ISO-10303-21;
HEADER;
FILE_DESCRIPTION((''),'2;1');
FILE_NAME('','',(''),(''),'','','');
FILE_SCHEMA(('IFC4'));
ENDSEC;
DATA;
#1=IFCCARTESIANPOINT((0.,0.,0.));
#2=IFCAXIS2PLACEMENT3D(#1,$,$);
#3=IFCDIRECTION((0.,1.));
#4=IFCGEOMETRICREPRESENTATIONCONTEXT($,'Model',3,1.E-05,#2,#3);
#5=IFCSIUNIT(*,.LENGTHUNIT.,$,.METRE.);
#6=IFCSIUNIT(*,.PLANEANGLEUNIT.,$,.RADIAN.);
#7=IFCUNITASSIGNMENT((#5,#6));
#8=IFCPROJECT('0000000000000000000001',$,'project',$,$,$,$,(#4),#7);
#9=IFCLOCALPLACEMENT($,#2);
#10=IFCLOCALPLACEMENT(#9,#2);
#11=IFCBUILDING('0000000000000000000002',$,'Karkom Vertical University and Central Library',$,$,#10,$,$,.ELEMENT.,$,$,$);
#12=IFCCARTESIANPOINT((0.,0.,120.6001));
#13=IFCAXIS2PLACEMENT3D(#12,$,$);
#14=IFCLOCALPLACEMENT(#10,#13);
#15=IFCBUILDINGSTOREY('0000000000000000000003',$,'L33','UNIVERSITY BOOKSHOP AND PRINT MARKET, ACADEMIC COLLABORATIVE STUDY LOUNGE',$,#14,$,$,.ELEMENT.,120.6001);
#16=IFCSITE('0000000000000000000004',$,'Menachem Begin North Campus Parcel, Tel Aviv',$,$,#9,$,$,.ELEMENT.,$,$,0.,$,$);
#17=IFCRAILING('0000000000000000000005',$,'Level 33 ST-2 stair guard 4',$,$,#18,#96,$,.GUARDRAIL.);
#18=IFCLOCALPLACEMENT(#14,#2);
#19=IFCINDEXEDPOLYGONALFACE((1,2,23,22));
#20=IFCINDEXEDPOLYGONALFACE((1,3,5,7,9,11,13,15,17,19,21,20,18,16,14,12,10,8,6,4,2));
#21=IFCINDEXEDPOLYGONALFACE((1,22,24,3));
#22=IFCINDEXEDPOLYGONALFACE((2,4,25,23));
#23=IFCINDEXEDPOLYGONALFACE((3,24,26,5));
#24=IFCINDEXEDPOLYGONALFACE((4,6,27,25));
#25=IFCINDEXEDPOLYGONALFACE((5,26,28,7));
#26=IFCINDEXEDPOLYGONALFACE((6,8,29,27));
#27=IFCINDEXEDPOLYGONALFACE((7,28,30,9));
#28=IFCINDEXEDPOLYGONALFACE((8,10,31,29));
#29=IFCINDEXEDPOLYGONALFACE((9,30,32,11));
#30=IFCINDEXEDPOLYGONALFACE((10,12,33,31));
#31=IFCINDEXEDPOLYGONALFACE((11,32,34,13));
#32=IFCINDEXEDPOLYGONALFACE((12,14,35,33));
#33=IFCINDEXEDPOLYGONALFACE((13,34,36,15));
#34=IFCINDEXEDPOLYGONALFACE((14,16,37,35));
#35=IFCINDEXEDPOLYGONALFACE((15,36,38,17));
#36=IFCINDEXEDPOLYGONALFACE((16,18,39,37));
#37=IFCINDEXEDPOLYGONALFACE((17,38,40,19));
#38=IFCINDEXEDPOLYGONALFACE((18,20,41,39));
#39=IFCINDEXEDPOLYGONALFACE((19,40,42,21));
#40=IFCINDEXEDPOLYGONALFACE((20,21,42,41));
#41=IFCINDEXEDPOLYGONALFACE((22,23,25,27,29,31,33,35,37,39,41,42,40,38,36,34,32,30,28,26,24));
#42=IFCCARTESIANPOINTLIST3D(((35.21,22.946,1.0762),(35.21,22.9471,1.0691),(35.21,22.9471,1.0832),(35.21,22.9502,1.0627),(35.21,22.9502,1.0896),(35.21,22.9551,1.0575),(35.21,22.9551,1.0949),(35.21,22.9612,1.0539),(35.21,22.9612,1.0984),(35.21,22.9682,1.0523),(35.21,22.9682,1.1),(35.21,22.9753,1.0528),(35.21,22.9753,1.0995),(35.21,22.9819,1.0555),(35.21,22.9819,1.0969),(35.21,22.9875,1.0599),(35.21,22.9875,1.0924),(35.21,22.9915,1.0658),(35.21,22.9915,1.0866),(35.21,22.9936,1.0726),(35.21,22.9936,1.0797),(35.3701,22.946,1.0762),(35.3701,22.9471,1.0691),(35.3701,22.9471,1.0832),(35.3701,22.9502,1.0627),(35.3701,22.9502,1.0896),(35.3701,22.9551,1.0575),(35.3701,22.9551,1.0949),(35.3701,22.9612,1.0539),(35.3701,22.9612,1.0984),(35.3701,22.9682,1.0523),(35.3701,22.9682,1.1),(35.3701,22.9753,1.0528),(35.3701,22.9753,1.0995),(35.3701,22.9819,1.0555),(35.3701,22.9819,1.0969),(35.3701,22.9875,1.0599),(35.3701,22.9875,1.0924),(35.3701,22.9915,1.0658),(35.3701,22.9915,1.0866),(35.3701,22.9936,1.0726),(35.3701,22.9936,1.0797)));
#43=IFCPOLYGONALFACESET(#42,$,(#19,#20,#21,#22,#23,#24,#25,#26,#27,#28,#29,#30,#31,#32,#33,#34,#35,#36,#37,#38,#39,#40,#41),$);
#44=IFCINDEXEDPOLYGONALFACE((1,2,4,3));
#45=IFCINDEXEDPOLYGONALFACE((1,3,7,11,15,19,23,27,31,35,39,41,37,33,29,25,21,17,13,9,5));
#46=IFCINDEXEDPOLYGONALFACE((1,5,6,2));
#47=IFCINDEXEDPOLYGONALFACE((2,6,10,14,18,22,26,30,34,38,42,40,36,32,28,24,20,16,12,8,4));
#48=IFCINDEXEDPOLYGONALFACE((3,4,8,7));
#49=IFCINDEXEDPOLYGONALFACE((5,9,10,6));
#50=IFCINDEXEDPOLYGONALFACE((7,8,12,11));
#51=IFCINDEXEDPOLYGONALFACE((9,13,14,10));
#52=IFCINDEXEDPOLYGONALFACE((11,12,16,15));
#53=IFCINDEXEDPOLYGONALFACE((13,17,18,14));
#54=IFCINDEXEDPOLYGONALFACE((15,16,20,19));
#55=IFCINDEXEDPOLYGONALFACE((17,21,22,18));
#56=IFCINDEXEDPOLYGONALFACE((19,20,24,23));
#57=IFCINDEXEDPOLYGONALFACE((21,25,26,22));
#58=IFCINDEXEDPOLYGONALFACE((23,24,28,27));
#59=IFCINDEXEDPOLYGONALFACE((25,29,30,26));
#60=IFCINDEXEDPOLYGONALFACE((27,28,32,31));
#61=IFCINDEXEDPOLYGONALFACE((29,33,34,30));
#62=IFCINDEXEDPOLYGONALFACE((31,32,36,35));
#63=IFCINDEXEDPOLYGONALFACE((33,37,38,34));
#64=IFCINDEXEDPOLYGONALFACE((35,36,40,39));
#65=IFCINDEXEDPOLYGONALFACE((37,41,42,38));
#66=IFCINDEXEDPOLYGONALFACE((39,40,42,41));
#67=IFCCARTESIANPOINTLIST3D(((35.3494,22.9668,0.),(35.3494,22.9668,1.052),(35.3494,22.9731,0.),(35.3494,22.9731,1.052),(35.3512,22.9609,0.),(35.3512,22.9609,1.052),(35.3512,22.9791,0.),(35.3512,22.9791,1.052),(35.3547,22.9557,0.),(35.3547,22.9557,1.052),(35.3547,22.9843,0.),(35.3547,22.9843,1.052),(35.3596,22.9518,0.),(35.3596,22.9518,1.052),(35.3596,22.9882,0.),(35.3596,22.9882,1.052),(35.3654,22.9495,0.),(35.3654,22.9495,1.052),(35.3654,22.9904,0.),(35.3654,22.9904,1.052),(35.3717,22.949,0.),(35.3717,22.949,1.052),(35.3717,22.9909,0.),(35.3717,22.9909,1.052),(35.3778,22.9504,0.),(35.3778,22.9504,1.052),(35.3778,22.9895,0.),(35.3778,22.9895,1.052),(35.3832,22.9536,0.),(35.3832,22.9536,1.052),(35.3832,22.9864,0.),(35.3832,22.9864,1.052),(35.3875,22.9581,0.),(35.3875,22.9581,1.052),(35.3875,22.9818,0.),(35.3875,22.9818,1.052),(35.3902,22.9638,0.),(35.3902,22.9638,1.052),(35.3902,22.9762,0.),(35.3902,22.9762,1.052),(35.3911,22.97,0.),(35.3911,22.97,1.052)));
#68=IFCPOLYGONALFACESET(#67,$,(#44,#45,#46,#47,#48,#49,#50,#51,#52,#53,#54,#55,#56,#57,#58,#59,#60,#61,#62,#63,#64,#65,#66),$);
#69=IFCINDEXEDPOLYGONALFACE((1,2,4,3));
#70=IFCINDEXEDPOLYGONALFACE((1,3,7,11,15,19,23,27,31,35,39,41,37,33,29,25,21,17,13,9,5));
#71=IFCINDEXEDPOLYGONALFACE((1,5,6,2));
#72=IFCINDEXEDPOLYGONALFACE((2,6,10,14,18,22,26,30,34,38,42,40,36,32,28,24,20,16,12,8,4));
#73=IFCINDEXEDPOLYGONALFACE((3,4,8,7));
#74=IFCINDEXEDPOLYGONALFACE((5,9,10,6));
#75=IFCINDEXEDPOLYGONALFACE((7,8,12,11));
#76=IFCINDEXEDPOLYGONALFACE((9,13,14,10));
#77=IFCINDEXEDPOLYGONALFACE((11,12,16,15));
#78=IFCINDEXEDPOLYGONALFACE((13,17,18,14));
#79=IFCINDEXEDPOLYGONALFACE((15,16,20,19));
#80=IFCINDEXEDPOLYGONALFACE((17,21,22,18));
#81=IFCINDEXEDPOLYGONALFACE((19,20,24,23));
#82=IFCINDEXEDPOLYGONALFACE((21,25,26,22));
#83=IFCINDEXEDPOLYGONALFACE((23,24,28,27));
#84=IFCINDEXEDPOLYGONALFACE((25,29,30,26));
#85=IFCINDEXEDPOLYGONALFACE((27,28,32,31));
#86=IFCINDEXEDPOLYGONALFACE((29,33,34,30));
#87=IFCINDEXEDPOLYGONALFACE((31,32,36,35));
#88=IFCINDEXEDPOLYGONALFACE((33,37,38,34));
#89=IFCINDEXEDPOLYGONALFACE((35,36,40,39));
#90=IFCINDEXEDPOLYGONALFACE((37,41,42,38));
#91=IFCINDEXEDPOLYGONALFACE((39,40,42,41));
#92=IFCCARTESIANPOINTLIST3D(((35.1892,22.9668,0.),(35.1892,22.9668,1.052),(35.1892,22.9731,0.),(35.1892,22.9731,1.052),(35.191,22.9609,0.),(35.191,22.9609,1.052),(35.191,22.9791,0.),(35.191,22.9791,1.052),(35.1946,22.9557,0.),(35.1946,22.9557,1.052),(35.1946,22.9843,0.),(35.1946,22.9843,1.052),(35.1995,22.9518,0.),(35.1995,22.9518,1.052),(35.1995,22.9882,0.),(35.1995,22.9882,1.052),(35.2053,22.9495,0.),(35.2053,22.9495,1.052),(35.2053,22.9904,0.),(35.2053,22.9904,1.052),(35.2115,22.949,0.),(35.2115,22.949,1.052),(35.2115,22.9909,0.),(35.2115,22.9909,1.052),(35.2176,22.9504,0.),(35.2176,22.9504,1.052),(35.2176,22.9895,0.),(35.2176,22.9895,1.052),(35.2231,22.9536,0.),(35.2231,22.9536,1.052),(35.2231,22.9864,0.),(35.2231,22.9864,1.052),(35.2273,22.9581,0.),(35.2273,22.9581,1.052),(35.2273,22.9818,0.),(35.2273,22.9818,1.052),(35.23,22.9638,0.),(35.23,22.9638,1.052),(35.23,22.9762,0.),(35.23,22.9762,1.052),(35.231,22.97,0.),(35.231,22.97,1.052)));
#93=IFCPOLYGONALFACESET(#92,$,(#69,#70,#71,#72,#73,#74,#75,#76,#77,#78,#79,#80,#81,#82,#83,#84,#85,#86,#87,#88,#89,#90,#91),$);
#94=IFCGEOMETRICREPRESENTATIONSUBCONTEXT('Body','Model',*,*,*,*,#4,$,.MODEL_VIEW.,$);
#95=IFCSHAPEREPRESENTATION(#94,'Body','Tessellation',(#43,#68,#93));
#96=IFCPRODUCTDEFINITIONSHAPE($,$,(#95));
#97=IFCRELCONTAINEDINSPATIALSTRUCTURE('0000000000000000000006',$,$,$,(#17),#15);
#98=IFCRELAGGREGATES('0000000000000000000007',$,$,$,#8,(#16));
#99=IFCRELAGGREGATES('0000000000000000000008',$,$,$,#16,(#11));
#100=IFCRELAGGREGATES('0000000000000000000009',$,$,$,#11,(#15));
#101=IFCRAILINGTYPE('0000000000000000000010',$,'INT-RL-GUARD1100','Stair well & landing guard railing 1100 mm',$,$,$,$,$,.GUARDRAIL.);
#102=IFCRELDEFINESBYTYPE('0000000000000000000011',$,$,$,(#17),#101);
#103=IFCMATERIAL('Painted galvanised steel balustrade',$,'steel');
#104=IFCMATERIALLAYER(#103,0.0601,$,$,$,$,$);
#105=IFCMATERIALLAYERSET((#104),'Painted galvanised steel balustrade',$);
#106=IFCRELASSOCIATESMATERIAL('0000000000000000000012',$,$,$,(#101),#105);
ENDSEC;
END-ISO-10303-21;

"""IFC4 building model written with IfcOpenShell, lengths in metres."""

from ifc_helpers import new_model, si_unit, direction, frame, origin, origin_2d, place, context, subcontext, project, spatial, circle, extrude, material, layer, layer_set, type_object, element, save


model = new_model("IFC4")

# Units and contexts
model_context = context("Model", 3, precision=1e-05, world=origin(), true_north=direction((0.0, 1.0)))
body_context = subcontext(model_context, "Body", "Model", "MODEL_VIEW")
ifc_project = project(units=[si_unit("LENGTHUNIT", "METRE"), si_unit("PLANEANGLEUNIT", "RADIAN")], contexts=[model_context])

# Site, building, storey
site_placement = place(None, origin())
site = spatial("IfcSite", under=ifc_project, at=site_placement, Name="Menachem Begin North Campus Parcel, Tel Aviv", CompositionType="ELEMENT", RefElevation=0.0)
building_placement = place(site_placement, origin())
building = spatial("IfcBuilding", under=site, at=building_placement, Name="Karkom Vertical University and Central Library", CompositionType="ELEMENT")
storey_placement = place(building_placement, frame((0.0, 0.0, 120.6001)))
storey = spatial("IfcBuildingStorey", under=building, at=storey_placement, Name="L33", Description="UNIVERSITY BOOKSHOP AND PRINT MARKET, ACADEMIC COLLABORATIVE STUDY LOUNGE", CompositionType="ELEMENT", Elevation=120.6001)

# Railing
ifc_material_1 = material(Name="Painted galvanised steel balustrade", Category="steel")
ifc_layer_1 = layer(ifc_material_1, 0.0601)
ifc_layer_set_1 = layer_set([ifc_layer_1], Name="Painted galvanised steel balustrade")
railing_type_1 = type_object("IfcRailingType", Name="INT-RL-GUARD1100", Description="Stair well & landing guard railing 1100 mm", PredefinedType="GUARDRAIL", material=ifc_layer_set_1)
railing_1_placement = place(storey_placement, frame((35.3701, 22.97, 0.0)))
element("IfcRailing", 1, at=railing_1_placement, inside=storey, type_object=railing_type_1, Name="Level 33 ST-2 stair guard 4", PredefinedType="GUARDRAIL", context=body_context, shape_type="SweptSolid", body=[
    extrude(circle(Radius=0.0239, at=origin_2d()), frame((0.0, 0.0, 1.0762), z_axis=(-1.0, 0.0, 0.0), x_axis=(0.0, -1.0, 0.0)), (0.0, 0.0, 1.0), 0.1602),
    extrude(circle(Radius=0.021, at=origin_2d()), origin(), (0.0, 0.0, 1.0), 1.052),
    extrude(circle(Radius=0.021, at=origin_2d()), frame((-0.1602, 0.0, 0.0)), (0.0, 0.0, 1.0), 1.052),
])

save(model, "model.ifc")
